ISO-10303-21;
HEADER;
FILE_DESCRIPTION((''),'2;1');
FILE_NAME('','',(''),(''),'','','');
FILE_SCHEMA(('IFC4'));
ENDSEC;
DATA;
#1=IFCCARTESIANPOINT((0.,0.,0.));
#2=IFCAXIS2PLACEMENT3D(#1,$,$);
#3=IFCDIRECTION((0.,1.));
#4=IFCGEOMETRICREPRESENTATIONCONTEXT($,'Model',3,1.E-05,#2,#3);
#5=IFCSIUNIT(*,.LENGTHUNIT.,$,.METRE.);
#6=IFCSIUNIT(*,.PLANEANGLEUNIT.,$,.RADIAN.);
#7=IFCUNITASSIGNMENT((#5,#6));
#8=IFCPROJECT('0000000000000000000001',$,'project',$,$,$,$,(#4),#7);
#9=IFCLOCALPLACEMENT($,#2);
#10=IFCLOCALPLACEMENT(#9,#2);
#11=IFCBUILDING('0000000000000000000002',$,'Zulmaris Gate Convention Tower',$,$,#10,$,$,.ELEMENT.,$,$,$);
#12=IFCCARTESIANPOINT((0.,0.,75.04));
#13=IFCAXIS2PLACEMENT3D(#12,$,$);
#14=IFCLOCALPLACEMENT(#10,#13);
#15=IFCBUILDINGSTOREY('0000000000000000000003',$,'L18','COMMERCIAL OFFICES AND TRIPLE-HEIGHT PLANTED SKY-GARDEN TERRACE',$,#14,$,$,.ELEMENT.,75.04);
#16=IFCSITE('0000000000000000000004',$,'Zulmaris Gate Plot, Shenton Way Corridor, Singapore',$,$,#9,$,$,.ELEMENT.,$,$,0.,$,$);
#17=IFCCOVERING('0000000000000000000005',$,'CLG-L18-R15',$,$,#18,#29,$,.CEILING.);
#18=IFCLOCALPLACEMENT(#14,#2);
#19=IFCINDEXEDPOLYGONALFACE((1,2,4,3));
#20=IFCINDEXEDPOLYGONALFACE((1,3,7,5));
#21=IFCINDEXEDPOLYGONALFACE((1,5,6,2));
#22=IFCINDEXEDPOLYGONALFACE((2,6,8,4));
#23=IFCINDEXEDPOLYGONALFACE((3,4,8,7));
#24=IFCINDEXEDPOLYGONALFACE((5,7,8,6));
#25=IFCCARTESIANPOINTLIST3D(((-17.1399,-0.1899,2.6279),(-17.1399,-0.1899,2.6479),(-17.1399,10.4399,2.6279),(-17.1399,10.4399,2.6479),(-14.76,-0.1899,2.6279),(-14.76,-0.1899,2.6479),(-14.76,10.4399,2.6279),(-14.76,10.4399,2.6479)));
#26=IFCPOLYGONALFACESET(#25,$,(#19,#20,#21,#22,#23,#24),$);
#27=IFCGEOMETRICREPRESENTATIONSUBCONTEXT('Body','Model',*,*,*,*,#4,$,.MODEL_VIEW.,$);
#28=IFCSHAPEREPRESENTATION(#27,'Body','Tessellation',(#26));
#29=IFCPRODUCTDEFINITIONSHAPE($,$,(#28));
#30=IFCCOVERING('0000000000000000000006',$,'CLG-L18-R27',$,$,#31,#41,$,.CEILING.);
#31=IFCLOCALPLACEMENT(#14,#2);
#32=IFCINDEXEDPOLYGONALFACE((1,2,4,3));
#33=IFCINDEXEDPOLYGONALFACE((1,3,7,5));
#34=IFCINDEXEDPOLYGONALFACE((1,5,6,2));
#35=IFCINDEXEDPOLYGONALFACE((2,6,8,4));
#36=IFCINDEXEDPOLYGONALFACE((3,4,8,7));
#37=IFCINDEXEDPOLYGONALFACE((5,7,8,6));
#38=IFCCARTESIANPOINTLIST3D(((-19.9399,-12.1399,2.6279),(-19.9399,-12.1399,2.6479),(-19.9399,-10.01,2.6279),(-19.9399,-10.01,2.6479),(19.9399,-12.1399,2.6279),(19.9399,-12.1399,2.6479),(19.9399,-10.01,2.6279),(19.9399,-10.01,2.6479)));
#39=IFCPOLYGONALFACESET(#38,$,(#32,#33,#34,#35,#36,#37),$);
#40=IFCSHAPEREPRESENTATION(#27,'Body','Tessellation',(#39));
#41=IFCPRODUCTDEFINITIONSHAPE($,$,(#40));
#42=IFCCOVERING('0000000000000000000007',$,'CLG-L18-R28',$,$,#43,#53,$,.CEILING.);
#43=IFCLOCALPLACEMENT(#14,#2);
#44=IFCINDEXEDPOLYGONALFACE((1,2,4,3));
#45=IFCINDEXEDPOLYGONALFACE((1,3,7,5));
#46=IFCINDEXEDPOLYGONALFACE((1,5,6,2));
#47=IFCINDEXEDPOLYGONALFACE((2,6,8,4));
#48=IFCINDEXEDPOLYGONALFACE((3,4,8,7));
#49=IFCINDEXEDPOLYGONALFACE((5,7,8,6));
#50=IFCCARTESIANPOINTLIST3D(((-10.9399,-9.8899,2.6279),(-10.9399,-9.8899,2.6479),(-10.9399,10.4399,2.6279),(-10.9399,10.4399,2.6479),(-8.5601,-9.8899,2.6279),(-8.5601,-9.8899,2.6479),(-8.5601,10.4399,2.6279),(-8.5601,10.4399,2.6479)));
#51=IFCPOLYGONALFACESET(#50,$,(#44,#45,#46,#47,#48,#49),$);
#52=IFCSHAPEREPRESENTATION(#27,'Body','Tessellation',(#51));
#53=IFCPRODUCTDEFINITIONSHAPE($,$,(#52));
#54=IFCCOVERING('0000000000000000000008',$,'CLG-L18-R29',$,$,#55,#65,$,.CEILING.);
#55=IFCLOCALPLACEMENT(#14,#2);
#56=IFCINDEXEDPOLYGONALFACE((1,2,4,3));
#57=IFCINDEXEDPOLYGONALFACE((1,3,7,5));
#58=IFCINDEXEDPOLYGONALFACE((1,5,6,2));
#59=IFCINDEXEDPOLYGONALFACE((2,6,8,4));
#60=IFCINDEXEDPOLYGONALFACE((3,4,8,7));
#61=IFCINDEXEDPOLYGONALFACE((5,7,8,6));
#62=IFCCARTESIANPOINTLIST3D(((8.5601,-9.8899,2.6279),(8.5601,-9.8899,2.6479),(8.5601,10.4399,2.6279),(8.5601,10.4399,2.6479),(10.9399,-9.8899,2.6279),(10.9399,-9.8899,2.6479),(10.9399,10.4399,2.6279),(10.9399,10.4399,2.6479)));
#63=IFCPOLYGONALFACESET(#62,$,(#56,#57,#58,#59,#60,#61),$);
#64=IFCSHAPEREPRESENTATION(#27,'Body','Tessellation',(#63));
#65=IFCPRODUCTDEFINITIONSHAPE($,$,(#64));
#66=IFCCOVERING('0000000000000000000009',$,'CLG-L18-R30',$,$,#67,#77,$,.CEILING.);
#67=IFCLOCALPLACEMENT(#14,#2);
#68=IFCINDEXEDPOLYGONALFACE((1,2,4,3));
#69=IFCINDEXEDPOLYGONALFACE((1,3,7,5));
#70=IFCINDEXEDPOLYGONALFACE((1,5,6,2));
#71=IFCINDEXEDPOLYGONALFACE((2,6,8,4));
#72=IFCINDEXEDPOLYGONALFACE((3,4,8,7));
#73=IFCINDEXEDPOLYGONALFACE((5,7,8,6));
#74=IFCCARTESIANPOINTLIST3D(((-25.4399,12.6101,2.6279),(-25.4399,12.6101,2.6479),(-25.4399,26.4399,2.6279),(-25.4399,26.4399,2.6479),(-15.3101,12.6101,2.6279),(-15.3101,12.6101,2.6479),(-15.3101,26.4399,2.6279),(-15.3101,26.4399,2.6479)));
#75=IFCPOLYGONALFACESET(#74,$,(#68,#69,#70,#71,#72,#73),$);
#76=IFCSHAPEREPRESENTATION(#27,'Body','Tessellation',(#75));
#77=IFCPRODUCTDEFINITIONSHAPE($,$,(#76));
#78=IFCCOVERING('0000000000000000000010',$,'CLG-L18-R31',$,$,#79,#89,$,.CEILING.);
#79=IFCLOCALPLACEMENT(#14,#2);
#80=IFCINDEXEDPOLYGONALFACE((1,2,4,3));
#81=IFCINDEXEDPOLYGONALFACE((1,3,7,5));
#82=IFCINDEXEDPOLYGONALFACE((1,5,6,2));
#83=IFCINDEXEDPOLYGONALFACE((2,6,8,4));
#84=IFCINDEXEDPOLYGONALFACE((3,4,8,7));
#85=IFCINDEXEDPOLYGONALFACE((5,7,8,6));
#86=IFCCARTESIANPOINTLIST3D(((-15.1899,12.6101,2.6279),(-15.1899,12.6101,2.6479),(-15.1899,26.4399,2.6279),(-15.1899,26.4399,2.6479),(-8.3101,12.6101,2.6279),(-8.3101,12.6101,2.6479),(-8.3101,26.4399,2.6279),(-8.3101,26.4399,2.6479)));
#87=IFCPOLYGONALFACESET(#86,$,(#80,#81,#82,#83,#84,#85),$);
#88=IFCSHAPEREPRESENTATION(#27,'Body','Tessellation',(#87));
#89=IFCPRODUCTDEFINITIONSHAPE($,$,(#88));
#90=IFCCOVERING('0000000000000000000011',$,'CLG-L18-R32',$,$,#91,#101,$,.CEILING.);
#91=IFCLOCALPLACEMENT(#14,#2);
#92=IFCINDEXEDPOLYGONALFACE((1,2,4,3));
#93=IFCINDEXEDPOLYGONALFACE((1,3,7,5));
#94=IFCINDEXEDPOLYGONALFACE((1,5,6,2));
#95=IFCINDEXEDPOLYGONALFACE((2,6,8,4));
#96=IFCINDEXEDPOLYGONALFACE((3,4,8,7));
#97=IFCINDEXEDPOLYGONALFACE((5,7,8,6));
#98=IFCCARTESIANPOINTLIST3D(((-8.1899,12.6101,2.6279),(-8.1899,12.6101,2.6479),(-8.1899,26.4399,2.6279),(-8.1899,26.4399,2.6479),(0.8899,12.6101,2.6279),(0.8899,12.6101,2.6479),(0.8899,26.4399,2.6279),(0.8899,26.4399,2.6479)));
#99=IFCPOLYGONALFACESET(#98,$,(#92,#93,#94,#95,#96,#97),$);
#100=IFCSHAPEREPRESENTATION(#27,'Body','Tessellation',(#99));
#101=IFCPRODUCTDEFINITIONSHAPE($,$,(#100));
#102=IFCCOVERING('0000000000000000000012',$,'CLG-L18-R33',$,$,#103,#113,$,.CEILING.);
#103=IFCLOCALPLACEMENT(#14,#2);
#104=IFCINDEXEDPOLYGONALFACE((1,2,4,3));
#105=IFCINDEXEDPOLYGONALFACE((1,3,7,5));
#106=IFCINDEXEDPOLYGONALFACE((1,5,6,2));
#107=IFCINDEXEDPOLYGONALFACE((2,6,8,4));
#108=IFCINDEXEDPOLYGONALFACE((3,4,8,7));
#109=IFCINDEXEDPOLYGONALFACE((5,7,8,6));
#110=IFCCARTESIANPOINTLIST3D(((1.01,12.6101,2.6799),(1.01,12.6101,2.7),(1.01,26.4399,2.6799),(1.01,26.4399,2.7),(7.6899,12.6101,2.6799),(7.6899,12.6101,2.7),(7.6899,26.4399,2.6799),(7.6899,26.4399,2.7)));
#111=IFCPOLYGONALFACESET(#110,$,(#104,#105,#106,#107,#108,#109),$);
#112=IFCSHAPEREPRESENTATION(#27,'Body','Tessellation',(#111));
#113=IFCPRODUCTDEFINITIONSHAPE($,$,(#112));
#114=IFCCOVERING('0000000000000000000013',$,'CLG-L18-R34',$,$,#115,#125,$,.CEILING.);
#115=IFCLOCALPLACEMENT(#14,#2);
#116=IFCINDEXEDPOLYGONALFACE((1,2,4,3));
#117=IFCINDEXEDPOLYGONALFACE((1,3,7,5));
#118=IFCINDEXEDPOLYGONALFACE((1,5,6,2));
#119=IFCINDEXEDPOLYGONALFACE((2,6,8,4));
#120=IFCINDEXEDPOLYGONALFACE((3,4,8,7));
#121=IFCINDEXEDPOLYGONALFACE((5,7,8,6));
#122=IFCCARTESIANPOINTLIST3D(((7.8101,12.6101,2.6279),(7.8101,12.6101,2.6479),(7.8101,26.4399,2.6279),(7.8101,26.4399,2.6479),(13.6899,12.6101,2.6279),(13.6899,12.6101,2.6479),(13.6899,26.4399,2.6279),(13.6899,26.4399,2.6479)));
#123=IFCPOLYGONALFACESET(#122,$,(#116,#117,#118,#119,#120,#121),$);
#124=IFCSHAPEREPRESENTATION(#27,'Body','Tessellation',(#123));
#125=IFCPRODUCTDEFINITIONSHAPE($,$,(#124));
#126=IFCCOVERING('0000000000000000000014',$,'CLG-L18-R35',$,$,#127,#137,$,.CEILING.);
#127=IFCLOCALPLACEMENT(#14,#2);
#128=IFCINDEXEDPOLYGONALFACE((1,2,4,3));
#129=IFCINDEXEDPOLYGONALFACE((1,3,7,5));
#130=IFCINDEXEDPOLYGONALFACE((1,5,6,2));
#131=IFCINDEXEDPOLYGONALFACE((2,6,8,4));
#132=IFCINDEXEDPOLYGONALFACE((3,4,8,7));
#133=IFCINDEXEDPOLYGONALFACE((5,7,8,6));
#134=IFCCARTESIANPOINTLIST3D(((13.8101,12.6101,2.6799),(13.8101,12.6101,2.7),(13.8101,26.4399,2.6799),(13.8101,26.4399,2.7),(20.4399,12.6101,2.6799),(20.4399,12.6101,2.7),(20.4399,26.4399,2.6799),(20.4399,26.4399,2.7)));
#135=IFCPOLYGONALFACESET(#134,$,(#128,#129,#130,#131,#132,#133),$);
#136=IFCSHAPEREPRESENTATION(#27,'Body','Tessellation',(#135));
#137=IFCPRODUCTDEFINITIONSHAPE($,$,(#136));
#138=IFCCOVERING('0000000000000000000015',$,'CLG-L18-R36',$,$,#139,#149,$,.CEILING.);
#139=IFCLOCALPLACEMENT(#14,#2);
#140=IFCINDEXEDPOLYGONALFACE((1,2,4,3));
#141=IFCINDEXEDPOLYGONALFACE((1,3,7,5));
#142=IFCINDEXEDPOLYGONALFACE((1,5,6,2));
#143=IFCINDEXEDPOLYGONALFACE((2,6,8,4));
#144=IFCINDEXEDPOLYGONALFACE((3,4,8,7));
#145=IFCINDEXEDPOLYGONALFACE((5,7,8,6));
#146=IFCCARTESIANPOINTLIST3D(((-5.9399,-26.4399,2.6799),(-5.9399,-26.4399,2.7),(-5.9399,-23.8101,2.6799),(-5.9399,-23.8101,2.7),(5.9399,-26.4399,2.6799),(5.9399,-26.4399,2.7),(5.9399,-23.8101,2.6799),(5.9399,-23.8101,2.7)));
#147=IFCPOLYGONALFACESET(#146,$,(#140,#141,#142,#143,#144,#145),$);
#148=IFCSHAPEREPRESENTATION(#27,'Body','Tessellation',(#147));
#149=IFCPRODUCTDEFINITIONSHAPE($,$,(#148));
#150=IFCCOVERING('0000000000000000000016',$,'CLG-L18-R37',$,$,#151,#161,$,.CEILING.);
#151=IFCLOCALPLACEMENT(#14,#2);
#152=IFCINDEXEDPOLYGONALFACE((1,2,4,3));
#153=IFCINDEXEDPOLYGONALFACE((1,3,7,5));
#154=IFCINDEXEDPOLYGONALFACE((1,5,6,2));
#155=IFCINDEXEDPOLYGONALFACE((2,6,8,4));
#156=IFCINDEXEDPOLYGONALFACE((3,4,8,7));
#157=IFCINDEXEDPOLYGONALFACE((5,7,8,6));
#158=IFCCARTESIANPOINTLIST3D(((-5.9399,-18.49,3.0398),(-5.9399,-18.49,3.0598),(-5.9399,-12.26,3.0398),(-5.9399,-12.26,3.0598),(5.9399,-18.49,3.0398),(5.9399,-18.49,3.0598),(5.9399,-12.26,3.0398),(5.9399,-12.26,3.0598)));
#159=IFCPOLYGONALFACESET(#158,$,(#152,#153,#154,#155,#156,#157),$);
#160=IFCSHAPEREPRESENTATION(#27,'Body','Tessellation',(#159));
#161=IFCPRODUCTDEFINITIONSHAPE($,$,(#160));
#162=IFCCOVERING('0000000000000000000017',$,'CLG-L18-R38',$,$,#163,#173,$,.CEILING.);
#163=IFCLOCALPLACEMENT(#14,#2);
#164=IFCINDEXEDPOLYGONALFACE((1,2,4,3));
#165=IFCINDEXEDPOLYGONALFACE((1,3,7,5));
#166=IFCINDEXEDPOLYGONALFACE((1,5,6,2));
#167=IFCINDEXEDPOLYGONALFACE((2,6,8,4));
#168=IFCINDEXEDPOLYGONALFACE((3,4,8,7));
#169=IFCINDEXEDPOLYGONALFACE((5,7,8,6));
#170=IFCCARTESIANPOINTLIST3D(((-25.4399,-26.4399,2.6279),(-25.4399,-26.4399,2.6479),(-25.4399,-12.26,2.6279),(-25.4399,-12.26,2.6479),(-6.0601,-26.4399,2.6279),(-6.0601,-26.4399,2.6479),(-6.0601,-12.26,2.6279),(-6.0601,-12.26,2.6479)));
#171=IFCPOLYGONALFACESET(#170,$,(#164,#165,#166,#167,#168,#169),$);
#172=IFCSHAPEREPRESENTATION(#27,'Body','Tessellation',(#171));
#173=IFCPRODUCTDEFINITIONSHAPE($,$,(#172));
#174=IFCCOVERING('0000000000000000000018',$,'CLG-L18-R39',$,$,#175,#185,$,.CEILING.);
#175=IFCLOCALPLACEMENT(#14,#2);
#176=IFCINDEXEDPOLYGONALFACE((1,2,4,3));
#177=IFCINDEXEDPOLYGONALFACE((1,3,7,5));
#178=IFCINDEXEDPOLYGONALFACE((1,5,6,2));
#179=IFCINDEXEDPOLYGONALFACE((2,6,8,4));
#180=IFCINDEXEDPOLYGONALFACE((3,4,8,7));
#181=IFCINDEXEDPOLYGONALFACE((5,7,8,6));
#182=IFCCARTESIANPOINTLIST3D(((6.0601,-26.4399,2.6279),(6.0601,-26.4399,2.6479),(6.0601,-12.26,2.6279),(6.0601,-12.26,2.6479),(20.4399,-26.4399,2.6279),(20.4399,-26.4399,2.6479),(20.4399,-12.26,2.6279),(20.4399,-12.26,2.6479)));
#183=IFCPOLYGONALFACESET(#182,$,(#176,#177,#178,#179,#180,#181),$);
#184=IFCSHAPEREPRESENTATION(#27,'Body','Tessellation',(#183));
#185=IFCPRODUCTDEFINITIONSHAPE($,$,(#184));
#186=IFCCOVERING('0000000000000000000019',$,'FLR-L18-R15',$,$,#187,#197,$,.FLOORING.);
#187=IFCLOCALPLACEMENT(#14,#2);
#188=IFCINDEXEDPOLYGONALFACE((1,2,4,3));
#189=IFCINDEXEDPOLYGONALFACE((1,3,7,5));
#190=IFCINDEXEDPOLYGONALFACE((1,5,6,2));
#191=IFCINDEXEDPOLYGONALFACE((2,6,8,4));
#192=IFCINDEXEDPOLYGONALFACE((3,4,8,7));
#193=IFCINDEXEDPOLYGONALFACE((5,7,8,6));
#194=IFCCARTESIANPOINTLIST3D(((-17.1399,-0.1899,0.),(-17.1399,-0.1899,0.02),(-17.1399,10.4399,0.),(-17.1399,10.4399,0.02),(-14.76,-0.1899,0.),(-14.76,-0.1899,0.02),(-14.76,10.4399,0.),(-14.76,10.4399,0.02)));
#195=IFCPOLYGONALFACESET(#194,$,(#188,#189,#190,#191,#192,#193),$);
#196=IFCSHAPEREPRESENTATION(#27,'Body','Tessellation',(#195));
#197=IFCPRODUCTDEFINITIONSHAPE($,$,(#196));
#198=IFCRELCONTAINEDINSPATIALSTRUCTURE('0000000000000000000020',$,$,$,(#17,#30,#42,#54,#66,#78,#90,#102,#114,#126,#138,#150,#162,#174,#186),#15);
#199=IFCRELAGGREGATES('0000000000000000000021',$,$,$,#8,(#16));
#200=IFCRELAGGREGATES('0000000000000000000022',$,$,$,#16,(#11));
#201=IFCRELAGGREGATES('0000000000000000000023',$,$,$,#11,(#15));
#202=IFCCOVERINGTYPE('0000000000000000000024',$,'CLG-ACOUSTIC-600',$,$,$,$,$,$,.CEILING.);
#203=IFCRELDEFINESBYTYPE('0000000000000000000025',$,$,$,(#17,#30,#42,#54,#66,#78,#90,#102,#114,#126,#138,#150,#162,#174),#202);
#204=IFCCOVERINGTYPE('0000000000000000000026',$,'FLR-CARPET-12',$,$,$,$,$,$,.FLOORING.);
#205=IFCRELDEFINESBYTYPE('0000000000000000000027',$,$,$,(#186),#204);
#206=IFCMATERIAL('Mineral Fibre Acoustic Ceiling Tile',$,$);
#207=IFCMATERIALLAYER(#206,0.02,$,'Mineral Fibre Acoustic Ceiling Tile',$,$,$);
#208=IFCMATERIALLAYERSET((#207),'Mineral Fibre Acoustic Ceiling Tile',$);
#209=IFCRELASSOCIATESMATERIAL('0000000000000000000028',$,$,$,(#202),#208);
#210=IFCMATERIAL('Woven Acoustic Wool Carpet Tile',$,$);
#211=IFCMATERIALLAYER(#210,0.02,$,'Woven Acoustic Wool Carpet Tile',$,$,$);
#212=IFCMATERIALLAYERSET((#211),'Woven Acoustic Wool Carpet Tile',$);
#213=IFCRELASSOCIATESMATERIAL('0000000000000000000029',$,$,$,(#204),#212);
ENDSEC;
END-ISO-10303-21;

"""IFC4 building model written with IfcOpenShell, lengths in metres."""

from ifc_helpers import new_model, si_unit, direction, frame, origin, place, context, subcontext, project, spatial, polyline, outline, extrude, material, layer, layer_set, type_object, element, save


model = new_model("IFC4")

# Units and contexts
model_context = context("Model", 3, precision=1e-05, world=origin(), true_north=direction((0.0, 1.0)))
body_context = subcontext(model_context, "Body", "Model", "MODEL_VIEW")
ifc_project = project(units=[si_unit("LENGTHUNIT", "METRE"), si_unit("PLANEANGLEUNIT", "RADIAN")], contexts=[model_context])

# Site, building, storey
site_placement = place(None, origin())
site = spatial("IfcSite", under=ifc_project, at=site_placement, Name="Zulmaris Gate Plot, Shenton Way Corridor, Singapore", CompositionType="ELEMENT", RefElevation=0.0)
building_placement = place(site_placement, origin())
building = spatial("IfcBuilding", under=site, at=building_placement, Name="Zulmaris Gate Convention Tower", CompositionType="ELEMENT")
storey_placement = place(building_placement, frame((0.0, 0.0, 75.04)))
storey = spatial("IfcBuildingStorey", under=building, at=storey_placement, Name="L18", Description="COMMERCIAL OFFICES AND TRIPLE-HEIGHT PLANTED SKY-GARDEN TERRACE", CompositionType="ELEMENT", Elevation=75.04)

# Coverings
ifc_material_1 = material(Name="Mineral Fibre Acoustic Ceiling Tile")
ifc_layer_1 = layer(ifc_material_1, 0.02, Name="Mineral Fibre Acoustic Ceiling Tile")
ifc_layer_set_1 = layer_set([ifc_layer_1], Name="Mineral Fibre Acoustic Ceiling Tile")
covering_type_1 = type_object("IfcCoveringType", Name="CLG-ACOUSTIC-600", PredefinedType="CEILING", material=ifc_layer_set_1)
covering_1_placement = place(storey_placement, frame((0.0, 0.0, 2.6279)))
element("IfcCovering", 1, at=covering_1_placement, inside=storey, type_object=covering_type_1, Name="CLG-L18-R15", PredefinedType="CEILING", context=body_context, shape_type="SweptSolid", body=[
    extrude(outline(polyline([(-17.1399, -0.1899), (-14.76, -0.1899), (-14.76, 10.4399), (-17.1399, 10.4399), (-17.1399, -0.1899)])), origin(), (0.0, 0.0, 1.0), 0.02),
])
covering_2_placement = place(storey_placement, frame((0.0, 0.0, 2.6279)))
element("IfcCovering", 2, at=covering_2_placement, inside=storey, type_object=covering_type_1, Name="CLG-L18-R27", PredefinedType="CEILING", context=body_context, shape_type="SweptSolid", body=[
    extrude(outline(polyline([(-19.9399, -12.1399), (19.9399, -12.1399), (19.9399, -10.01), (-19.9399, -10.01), (-19.9399, -12.1399)])), origin(), (0.0, 0.0, 1.0), 0.02),
])
covering_3_placement = place(storey_placement, frame((0.0, 0.0, 2.6279)))
element("IfcCovering", 3, at=covering_3_placement, inside=storey, type_object=covering_type_1, Name="CLG-L18-R28", PredefinedType="CEILING", context=body_context, shape_type="SweptSolid", body=[
    extrude(outline(polyline([(-10.9399, -9.8899), (-8.5601, -9.8899), (-8.5601, 10.4399), (-10.9399, 10.4399), (-10.9399, -9.8899)])), origin(), (0.0, 0.0, 1.0), 0.02),
])
covering_4_placement = place(storey_placement, frame((0.0, 0.0, 2.6279)))
element("IfcCovering", 4, at=covering_4_placement, inside=storey, type_object=covering_type_1, Name="CLG-L18-R29", PredefinedType="CEILING", context=body_context, shape_type="SweptSolid", body=[
    extrude(outline(polyline([(8.5601, -9.8899), (10.9399, -9.8899), (10.9399, 10.4399), (8.5601, 10.4399), (8.5601, -9.8899)])), origin(), (0.0, 0.0, 1.0), 0.02),
])
covering_5_placement = place(storey_placement, frame((0.0, 0.0, 2.6279)))
element("IfcCovering", 5, at=covering_5_placement, inside=storey, type_object=covering_type_1, Name="CLG-L18-R30", PredefinedType="CEILING", context=body_context, shape_type="SweptSolid", body=[
    extrude(outline(polyline([(-25.4399, 12.6101), (-15.3101, 12.6101), (-15.3101, 26.4399), (-25.4399, 26.4399), (-25.4399, 12.6101)])), origin(), (0.0, 0.0, 1.0), 0.02),
])
covering_6_placement = place(storey_placement, frame((0.0, 0.0, 2.6279)))
element("IfcCovering", 6, at=covering_6_placement, inside=storey, type_object=covering_type_1, Name="CLG-L18-R31", PredefinedType="CEILING", context=body_context, shape_type="SweptSolid", body=[
    extrude(outline(polyline([(-15.1899, 12.6101), (-8.3101, 12.6101), (-8.3101, 26.4399), (-15.1899, 26.4399), (-15.1899, 12.6101)])), origin(), (0.0, 0.0, 1.0), 0.02),
])
covering_7_placement = place(storey_placement, frame((0.0, 0.0, 2.6279)))
element("IfcCovering", 7, at=covering_7_placement, inside=storey, type_object=covering_type_1, Name="CLG-L18-R32", PredefinedType="CEILING", context=body_context, shape_type="SweptSolid", body=[
    extrude(outline(polyline([(-8.1899, 12.6101), (0.8899, 12.6101), (0.8899, 26.4399), (-8.1899, 26.4399), (-8.1899, 12.6101)])), origin(), (0.0, 0.0, 1.0), 0.02),
])
covering_8_placement = place(storey_placement, frame((0.0, 0.0, 2.6799)))
element("IfcCovering", 8, at=covering_8_placement, inside=storey, type_object=covering_type_1, Name="CLG-L18-R33", PredefinedType="CEILING", context=body_context, shape_type="SweptSolid", body=[
    extrude(outline(polyline([(1.01, 12.6101), (7.6899, 12.6101), (7.6899, 26.4399), (1.01, 26.4399), (1.01, 12.6101)])), origin(), (0.0, 0.0, 1.0), 0.02),
])
covering_9_placement = place(storey_placement, frame((0.0, 0.0, 2.6279)))
element("IfcCovering", 9, at=covering_9_placement, inside=storey, type_object=covering_type_1, Name="CLG-L18-R34", PredefinedType="CEILING", context=body_context, shape_type="SweptSolid", body=[
    extrude(outline(polyline([(7.8101, 12.6101), (13.6899, 12.6101), (13.6899, 26.4399), (7.8101, 26.4399), (7.8101, 12.6101)])), origin(), (0.0, 0.0, 1.0), 0.02),
])
covering_10_placement = place(storey_placement, frame((0.0, 0.0, 2.6799)))
element("IfcCovering", 10, at=covering_10_placement, inside=storey, type_object=covering_type_1, Name="CLG-L18-R35", PredefinedType="CEILING", context=body_context, shape_type="SweptSolid", body=[
    extrude(outline(polyline([(13.8101, 12.6101), (20.4399, 12.6101), (20.4399, 26.4399), (13.8101, 26.4399), (13.8101, 12.6101)])), origin(), (0.0, 0.0, 1.0), 0.02),
])
covering_11_placement = place(storey_placement, frame((0.0, 0.0, 2.6799)))
element("IfcCovering", 11, at=covering_11_placement, inside=storey, type_object=covering_type_1, Name="CLG-L18-R36", PredefinedType="CEILING", context=body_context, shape_type="SweptSolid", body=[
    extrude(outline(polyline([(-5.9399, -26.4399), (5.9399, -26.4399), (5.9399, -23.8101), (-5.9399, -23.8101), (-5.9399, -26.4399)])), origin(), (0.0, 0.0, 1.0), 0.02),
])
covering_12_placement = place(storey_placement, frame((0.0, 0.0, 3.0398)))
element("IfcCovering", 12, at=covering_12_placement, inside=storey, type_object=covering_type_1, Name="CLG-L18-R37", PredefinedType="CEILING", context=body_context, shape_type="SweptSolid", body=[
    extrude(outline(polyline([(-5.9399, -18.49), (5.9399, -18.49), (5.9399, -12.26), (-5.9399, -12.26), (-5.9399, -18.49)])), origin(), (0.0, 0.0, 1.0), 0.02),
])
covering_13_placement = place(storey_placement, frame((0.0, 0.0, 2.6279)))
element("IfcCovering", 13, at=covering_13_placement, inside=storey, type_object=covering_type_1, Name="CLG-L18-R38", PredefinedType="CEILING", context=body_context, shape_type="SweptSolid", body=[
    extrude(outline(polyline([(-25.4399, -26.4399), (-6.0601, -26.4399), (-6.0601, -12.26), (-25.4399, -12.26), (-25.4399, -26.4399)])), origin(), (0.0, 0.0, 1.0), 0.02),
])
covering_14_placement = place(storey_placement, frame((0.0, 0.0, 2.6279)))
element("IfcCovering", 14, at=covering_14_placement, inside=storey, type_object=covering_type_1, Name="CLG-L18-R39", PredefinedType="CEILING", context=body_context, shape_type="SweptSolid", body=[
    extrude(outline(polyline([(6.0601, -26.4399), (20.4399, -26.4399), (20.4399, -12.26), (6.0601, -12.26), (6.0601, -26.4399)])), origin(), (0.0, 0.0, 1.0), 0.02),
])
ifc_material_2 = material(Name="Woven Acoustic Wool Carpet Tile")
ifc_layer_2 = layer(ifc_material_2, 0.02, Name="Woven Acoustic Wool Carpet Tile")
ifc_layer_set_2 = layer_set([ifc_layer_2], Name="Woven Acoustic Wool Carpet Tile")
covering_type_2 = type_object("IfcCoveringType", Name="FLR-CARPET-12", PredefinedType="FLOORING", material=ifc_layer_set_2)
covering_15_placement = place(storey_placement, origin())
element("IfcCovering", 15, at=covering_15_placement, inside=storey, type_object=covering_type_2, Name="FLR-L18-R15", PredefinedType="FLOORING", context=body_context, shape_type="SweptSolid", body=[
    extrude(outline(polyline([(-17.1399, -0.1899), (-14.76, -0.1899), (-14.76, 10.4399), (-17.1399, 10.4399), (-17.1399, -0.1899)])), origin(), (0.0, 0.0, 1.0), 0.02),
])

save(model, "model.ifc")
